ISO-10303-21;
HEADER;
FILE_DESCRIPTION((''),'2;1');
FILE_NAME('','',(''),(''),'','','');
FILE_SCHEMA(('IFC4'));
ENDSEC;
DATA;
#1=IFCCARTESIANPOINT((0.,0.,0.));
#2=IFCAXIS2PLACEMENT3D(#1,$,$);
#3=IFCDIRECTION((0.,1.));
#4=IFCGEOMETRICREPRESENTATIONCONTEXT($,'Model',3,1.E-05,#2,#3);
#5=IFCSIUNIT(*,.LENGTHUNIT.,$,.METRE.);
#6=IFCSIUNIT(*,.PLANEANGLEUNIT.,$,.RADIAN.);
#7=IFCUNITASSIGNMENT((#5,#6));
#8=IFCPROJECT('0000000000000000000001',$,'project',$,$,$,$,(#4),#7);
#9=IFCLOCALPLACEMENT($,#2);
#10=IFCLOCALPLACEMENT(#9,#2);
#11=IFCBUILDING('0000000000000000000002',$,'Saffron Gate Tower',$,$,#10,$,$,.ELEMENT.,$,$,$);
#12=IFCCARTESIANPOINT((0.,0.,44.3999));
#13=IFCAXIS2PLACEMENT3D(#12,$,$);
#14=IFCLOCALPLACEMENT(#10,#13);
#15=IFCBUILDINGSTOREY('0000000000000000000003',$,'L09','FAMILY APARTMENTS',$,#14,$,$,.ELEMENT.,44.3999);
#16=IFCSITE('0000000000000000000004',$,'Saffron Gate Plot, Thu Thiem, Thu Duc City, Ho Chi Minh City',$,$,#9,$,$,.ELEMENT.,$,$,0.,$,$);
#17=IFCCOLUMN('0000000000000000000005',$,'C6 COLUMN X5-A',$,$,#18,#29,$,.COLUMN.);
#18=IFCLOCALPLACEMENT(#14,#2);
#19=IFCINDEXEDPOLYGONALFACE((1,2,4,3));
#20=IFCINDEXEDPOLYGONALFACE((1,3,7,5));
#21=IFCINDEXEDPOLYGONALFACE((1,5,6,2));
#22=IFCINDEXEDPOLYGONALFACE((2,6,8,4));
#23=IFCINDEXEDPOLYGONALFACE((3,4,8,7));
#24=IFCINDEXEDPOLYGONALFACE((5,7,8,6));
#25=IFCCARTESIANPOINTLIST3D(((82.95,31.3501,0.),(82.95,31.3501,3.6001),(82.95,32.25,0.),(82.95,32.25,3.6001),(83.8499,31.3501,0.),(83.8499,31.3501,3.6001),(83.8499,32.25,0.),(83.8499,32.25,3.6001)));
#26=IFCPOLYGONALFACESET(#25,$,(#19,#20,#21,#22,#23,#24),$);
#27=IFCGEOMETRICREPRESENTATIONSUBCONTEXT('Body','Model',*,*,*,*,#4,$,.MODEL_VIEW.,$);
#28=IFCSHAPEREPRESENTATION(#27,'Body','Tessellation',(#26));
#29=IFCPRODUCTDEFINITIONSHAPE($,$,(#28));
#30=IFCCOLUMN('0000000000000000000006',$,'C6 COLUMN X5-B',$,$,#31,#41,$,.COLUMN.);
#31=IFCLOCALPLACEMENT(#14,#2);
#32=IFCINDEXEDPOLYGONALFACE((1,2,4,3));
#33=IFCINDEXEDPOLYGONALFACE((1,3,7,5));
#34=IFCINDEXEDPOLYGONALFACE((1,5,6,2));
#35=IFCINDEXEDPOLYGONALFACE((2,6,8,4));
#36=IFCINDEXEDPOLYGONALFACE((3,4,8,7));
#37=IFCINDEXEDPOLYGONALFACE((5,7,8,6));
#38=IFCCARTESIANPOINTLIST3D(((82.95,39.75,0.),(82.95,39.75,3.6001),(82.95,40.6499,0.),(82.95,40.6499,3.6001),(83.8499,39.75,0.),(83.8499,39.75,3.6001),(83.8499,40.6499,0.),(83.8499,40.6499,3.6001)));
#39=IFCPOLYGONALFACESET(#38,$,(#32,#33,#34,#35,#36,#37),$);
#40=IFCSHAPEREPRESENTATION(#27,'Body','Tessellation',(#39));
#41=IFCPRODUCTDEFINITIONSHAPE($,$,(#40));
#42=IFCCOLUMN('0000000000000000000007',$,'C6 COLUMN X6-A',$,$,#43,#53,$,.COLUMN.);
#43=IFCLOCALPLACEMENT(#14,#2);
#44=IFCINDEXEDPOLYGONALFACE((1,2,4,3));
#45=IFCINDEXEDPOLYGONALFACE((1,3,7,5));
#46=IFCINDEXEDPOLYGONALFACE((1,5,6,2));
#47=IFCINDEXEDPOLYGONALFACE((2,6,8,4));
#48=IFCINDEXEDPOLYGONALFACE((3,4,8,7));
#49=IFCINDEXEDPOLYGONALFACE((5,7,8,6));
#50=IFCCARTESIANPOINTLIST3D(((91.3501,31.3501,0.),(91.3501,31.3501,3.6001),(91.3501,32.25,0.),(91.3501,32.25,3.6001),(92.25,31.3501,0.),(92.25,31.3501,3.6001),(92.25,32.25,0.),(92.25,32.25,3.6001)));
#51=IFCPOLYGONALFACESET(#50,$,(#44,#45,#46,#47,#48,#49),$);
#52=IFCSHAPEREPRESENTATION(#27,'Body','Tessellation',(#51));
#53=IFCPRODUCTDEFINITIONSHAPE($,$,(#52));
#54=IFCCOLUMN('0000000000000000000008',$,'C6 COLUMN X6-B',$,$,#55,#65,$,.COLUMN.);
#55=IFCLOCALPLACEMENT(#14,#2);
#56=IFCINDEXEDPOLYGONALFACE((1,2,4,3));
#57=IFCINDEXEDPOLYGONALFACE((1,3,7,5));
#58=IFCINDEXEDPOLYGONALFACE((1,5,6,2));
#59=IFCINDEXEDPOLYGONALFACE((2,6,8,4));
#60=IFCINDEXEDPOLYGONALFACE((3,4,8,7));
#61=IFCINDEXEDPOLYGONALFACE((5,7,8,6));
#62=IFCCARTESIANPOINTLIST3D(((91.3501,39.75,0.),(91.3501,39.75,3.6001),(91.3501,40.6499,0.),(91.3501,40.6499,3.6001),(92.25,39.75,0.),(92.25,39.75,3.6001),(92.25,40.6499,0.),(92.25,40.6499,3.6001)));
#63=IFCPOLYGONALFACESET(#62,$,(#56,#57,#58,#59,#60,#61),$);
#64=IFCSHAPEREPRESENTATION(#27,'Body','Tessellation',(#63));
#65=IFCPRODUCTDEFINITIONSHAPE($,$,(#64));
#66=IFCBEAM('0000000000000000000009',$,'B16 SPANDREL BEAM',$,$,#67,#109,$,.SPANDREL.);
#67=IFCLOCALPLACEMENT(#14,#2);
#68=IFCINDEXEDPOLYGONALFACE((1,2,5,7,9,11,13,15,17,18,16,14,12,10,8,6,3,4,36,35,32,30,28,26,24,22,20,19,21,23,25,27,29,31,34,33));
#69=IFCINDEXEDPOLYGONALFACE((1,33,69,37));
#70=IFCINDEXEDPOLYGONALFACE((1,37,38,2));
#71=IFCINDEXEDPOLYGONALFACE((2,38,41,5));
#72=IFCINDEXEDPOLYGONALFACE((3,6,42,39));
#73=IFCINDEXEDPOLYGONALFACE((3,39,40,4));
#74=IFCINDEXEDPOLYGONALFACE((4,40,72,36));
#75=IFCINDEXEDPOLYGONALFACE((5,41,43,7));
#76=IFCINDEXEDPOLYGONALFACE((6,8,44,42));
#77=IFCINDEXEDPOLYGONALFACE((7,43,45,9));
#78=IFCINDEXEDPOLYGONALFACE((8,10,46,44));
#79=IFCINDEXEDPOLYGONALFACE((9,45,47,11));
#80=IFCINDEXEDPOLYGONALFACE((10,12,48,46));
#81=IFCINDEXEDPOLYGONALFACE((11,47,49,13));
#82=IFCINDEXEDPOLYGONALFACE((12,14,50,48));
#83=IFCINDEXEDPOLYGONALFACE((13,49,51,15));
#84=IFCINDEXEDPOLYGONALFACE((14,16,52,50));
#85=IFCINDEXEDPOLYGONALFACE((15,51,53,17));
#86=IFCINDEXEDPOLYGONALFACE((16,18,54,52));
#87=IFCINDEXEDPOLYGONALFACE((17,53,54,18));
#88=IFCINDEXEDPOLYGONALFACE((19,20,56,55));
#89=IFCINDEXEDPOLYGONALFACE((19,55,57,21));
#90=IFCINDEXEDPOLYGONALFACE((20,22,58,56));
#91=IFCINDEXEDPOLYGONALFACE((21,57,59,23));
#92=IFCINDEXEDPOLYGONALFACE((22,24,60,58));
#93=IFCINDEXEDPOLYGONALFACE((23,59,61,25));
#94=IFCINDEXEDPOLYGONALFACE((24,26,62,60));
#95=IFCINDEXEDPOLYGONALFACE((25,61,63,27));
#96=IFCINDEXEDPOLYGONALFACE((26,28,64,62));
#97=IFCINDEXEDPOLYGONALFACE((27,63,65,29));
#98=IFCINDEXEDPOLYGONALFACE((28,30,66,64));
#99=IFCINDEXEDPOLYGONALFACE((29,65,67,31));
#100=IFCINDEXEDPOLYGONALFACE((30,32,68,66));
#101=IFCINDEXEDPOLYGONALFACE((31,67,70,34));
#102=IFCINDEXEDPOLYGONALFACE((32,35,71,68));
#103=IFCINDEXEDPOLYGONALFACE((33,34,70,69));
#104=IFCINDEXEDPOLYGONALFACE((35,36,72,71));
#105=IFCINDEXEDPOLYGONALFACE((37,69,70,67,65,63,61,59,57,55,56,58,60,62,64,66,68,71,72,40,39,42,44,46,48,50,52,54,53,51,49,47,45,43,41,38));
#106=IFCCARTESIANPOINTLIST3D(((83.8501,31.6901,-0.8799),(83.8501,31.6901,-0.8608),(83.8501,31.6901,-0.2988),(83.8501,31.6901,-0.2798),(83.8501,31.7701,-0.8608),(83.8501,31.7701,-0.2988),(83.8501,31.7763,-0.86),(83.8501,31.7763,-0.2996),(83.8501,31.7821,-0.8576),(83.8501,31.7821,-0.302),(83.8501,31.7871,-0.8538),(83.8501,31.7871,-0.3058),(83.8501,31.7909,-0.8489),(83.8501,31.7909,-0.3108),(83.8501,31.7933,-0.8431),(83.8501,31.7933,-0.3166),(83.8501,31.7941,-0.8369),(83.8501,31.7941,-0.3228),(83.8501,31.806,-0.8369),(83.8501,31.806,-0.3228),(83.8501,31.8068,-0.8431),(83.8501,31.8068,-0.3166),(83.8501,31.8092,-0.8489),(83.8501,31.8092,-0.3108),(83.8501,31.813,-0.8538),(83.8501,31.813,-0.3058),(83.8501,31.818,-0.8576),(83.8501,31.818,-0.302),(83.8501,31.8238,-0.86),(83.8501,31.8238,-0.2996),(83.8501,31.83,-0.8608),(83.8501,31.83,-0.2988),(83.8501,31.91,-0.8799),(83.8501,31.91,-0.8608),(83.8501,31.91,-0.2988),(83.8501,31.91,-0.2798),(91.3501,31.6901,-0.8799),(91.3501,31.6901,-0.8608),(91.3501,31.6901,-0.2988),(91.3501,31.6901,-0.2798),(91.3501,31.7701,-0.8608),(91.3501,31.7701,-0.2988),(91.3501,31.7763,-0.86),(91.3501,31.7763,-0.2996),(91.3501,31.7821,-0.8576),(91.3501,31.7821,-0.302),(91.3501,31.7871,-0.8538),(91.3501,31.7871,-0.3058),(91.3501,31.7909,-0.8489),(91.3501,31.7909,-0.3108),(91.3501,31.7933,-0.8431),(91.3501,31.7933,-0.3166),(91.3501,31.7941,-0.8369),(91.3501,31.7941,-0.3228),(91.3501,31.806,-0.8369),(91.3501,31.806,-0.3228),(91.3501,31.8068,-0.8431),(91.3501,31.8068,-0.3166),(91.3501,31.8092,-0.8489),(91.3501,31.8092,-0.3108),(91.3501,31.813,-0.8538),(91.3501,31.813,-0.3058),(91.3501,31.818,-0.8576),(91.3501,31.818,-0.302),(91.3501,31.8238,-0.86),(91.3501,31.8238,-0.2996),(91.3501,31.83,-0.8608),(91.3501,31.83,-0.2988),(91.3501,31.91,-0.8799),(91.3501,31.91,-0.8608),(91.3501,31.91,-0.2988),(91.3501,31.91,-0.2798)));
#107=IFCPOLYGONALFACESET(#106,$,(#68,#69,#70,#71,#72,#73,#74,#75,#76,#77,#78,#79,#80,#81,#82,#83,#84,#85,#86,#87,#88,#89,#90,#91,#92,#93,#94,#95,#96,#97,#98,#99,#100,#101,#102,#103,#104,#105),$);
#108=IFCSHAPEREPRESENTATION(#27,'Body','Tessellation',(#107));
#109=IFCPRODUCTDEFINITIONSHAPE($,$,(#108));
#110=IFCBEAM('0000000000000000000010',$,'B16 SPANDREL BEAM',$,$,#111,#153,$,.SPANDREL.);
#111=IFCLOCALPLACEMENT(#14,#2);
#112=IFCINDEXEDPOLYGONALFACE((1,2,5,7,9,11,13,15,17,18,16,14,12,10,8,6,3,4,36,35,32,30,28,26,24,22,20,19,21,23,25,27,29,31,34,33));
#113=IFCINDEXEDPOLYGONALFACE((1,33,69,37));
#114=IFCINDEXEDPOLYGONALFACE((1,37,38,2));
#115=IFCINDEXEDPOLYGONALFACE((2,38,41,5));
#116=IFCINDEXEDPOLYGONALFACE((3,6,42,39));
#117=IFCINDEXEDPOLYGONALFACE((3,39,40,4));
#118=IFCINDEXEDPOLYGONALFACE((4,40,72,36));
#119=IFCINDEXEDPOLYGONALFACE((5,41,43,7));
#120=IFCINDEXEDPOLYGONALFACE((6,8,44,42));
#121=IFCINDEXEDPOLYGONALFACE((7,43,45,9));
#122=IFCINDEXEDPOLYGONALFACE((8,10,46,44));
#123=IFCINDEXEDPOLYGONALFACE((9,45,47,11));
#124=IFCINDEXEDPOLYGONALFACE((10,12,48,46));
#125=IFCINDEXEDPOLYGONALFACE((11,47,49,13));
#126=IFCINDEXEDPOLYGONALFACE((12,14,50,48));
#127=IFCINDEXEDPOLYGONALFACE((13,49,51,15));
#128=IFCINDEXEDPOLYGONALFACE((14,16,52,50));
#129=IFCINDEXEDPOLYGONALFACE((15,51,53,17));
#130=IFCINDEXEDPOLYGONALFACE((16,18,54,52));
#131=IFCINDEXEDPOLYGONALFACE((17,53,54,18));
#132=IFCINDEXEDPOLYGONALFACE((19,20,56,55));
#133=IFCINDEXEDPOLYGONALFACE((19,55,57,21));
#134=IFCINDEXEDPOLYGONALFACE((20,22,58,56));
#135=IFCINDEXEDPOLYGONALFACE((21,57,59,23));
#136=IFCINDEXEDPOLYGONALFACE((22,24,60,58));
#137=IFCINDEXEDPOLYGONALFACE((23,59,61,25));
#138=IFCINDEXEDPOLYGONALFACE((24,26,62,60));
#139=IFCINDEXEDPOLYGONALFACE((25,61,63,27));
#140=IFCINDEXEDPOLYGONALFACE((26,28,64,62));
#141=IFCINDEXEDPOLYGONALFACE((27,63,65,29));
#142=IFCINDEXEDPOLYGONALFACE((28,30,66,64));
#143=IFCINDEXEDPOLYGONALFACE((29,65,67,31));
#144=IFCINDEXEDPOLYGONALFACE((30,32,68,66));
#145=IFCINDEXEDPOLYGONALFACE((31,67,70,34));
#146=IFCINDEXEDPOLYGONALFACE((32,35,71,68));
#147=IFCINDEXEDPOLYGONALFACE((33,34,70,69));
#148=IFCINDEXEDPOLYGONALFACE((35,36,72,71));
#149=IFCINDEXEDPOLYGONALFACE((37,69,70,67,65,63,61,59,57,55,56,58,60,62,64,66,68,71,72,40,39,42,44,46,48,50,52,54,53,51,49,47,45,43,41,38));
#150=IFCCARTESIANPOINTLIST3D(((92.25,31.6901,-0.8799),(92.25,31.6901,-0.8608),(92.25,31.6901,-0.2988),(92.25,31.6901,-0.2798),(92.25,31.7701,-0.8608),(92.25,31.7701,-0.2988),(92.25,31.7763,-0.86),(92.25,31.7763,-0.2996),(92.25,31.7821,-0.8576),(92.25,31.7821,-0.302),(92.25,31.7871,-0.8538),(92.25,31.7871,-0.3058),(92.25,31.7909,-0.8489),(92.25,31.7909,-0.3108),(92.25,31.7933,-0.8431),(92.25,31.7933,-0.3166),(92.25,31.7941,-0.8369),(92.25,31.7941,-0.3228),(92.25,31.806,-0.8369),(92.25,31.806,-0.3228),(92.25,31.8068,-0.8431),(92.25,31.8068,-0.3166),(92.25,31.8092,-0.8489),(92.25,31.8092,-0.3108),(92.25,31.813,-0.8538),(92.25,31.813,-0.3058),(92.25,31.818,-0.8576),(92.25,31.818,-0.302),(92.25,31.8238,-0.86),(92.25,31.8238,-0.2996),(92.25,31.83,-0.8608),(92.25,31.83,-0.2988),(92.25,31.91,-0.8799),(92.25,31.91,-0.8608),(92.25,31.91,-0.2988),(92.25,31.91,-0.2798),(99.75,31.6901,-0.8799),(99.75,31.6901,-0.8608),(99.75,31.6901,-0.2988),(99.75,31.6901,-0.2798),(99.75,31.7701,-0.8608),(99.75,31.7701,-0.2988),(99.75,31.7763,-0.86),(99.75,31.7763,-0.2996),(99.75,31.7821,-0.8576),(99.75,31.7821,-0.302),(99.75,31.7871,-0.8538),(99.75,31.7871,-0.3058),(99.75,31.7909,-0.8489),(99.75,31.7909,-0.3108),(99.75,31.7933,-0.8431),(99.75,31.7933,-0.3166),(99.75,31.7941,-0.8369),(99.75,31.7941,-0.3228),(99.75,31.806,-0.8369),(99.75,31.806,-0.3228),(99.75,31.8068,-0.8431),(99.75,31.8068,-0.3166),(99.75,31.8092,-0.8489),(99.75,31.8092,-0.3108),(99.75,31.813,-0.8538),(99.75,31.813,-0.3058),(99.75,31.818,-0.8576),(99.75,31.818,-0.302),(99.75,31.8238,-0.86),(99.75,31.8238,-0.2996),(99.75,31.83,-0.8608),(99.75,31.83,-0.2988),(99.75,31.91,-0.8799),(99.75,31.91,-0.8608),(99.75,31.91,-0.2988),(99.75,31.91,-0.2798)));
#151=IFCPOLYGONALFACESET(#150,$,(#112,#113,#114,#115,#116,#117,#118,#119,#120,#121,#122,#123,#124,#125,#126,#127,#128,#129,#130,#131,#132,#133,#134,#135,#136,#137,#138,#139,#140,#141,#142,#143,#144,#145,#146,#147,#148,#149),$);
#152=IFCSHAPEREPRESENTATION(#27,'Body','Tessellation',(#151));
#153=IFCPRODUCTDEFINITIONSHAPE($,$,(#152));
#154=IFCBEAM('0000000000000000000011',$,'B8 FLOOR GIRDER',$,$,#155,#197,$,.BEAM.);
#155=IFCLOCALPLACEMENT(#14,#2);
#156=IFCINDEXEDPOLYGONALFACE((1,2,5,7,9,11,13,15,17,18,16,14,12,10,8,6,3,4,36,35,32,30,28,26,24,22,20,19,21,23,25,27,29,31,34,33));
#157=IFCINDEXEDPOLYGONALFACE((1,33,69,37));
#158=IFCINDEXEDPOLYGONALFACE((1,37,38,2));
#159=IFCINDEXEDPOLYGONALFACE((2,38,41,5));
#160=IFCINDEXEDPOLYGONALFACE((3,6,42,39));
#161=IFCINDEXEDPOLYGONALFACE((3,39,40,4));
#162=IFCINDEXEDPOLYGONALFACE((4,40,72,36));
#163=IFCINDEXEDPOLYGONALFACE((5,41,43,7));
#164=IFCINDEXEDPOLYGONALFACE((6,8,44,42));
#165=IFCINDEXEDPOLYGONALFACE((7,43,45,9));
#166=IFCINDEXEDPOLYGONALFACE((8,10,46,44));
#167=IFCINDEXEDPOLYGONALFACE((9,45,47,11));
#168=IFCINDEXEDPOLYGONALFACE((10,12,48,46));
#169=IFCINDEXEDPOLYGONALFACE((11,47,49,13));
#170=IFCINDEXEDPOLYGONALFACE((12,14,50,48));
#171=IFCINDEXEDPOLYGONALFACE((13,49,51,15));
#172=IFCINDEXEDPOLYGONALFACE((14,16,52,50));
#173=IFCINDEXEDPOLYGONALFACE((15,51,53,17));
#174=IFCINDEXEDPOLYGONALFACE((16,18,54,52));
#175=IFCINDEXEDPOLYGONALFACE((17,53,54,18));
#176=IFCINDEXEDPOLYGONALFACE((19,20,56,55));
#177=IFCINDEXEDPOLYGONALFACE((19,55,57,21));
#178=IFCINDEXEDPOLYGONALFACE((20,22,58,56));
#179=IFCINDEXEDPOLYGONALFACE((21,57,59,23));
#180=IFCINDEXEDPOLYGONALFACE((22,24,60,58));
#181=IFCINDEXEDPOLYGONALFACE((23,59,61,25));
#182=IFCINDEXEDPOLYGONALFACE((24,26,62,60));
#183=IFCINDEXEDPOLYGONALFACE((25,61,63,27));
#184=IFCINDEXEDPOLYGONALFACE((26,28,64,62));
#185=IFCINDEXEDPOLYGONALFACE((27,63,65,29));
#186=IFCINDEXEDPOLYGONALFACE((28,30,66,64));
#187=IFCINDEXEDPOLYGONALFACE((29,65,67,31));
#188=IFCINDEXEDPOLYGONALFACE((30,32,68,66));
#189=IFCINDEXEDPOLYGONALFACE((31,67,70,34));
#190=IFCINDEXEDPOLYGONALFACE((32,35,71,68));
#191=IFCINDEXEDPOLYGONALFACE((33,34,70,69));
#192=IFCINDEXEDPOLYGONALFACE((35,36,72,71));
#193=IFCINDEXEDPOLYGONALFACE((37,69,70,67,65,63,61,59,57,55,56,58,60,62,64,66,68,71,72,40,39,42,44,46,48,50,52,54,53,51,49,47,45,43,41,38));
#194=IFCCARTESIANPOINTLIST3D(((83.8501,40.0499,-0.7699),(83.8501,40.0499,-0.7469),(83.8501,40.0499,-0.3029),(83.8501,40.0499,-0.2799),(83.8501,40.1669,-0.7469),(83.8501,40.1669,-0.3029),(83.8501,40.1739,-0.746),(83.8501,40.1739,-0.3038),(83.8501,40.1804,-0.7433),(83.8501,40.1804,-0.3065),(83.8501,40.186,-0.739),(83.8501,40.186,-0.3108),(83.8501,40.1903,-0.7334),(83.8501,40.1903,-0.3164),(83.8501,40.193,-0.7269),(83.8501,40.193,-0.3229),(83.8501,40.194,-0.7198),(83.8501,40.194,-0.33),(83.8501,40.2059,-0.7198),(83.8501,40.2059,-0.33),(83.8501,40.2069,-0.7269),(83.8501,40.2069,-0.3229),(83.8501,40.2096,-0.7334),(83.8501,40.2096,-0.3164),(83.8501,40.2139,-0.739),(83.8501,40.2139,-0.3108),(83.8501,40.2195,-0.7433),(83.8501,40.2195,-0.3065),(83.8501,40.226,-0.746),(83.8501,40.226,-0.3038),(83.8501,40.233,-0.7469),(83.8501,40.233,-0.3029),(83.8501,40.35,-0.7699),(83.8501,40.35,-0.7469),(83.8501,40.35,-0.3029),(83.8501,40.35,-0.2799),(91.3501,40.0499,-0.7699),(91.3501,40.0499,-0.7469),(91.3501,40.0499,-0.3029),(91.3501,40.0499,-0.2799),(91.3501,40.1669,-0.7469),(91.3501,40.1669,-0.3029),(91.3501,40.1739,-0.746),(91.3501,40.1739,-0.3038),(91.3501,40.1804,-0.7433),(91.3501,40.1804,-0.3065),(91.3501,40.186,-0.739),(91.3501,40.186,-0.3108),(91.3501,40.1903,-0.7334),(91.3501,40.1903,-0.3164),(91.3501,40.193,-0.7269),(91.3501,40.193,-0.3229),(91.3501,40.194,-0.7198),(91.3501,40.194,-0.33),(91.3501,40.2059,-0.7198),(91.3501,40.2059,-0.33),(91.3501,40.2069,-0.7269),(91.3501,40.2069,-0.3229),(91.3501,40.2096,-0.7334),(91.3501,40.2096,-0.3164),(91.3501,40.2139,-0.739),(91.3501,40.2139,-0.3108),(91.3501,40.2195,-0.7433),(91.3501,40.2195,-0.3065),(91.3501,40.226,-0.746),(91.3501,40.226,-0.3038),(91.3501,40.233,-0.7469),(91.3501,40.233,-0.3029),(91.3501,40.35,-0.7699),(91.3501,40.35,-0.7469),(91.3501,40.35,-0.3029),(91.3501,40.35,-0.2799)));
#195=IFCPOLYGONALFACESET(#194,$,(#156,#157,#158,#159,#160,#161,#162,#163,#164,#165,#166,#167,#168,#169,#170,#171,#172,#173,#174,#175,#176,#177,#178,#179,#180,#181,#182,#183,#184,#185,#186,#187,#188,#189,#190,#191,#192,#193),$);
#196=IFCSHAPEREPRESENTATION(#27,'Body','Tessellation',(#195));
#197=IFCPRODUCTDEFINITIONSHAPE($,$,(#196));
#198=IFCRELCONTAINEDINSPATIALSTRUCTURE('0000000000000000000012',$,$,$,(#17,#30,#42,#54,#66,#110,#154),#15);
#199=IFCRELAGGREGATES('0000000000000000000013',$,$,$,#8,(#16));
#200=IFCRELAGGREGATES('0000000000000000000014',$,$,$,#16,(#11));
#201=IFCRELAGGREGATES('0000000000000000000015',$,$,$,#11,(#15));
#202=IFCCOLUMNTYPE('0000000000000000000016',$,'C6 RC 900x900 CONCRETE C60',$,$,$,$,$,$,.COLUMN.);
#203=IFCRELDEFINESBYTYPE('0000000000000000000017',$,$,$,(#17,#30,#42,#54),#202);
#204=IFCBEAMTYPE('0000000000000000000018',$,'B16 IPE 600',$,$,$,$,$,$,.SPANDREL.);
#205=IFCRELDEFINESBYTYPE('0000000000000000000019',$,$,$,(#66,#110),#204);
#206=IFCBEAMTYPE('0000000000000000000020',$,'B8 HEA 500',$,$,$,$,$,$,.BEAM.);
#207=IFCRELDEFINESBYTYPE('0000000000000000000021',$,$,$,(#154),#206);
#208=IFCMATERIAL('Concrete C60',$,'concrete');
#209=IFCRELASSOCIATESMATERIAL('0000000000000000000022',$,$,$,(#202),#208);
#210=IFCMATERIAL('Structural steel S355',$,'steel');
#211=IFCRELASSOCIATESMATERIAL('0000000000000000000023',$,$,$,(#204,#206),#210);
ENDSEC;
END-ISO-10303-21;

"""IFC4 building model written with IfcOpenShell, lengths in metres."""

from ifc_helpers import new_model, si_unit, direction, frame, origin, origin_2d, place, context, subcontext, project, spatial, rectangle, i_section, extrude, material, material_profile, profile_set, type_object, element, save


model = new_model("IFC4")

# Units and contexts
model_context = context("Model", 3, precision=1e-05, world=origin(), true_north=direction((0.0, 1.0)))
body_context = subcontext(model_context, "Body", "Model", "MODEL_VIEW")
ifc_project = project(units=[si_unit("LENGTHUNIT", "METRE"), si_unit("PLANEANGLEUNIT", "RADIAN")], contexts=[model_context])

# Site, building, storey
site_placement = place(None, origin())
site = spatial("IfcSite", under=ifc_project, at=site_placement, Name="Saffron Gate Plot, Thu Thiem, Thu Duc City, Ho Chi Minh City", CompositionType="ELEMENT", RefElevation=0.0)
building_placement = place(site_placement, origin())
building = spatial("IfcBuilding", under=site, at=building_placement, Name="Saffron Gate Tower", CompositionType="ELEMENT")
storey_placement = place(building_placement, frame((0.0, 0.0, 44.3999)))
storey = spatial("IfcBuildingStorey", under=building, at=storey_placement, Name="L09", Description="FAMILY APARTMENTS", CompositionType="ELEMENT", Elevation=44.3999)

# Columns
ifc_material_1 = material(Name="Concrete C60", Category="concrete")
ifc_material_profile_1 = material_profile(ifc_material_1, rectangle(XDim=0.8999, YDim=0.8999, at=origin_2d()))
ifc_profile_set_1 = profile_set([ifc_material_profile_1], Name="Concrete C60")
column_type = type_object("IfcColumnType", Name="C6 RC 900x900 CONCRETE C60", PredefinedType="COLUMN", material=ifc_profile_set_1)
for number, where, z_axis, x_axis, name in (
    (1, (83.3999, 31.8, 0.0), (0.0, 0.0, 1.0), (1.0, 0.0, 0.0), "C6 COLUMN X5-A"),
    (2, (83.3999, 40.2, 0.0), (0.0, 0.0, 1.0), (1.0, 0.0, 0.0), "C6 COLUMN X5-B"),
    (3, (91.8, 31.8, 0.0), (0.0, 0.0, 1.0), (1.0, 0.0, 0.0), "C6 COLUMN X6-A"),
    (4, (91.8, 40.2, 0.0), (0.0, 0.0, 1.0), (1.0, 0.0, 0.0), "C6 COLUMN X6-B"),
):
    element("IfcColumn", number, at=place(storey_placement, frame(where, z_axis=z_axis, x_axis=x_axis)), inside=storey, type_object=column_type, Name=name, PredefinedType="COLUMN", context=body_context, shape_type="SweptSolid", body=[
        extrude(rectangle(XDim=0.8999, YDim=0.8999, at=origin_2d()), origin(), (0.0, 0.0, 1.0), 3.6001),
    ])

# Beams
ifc_material_2 = material(Name="Structural steel S355", Category="steel")
ifc_material_profile_2 = material_profile(ifc_material_2, i_section(OverallWidth=0.22, OverallDepth=0.6001, WebThickness=0.012, FlangeThickness=0.019, FilletRadius=0.0239, at=origin_2d()))
ifc_profile_set_2 = profile_set([ifc_material_profile_2], Name="Structural steel S355")
beam_type_1 = type_object("IfcBeamType", Name="B16 IPE 600", PredefinedType="SPANDREL", material=ifc_profile_set_2)
for number, where, z_axis, x_axis, name in (
    (5, (83.8501, 31.8, -0.5798), (1.0, 0.0, 0.0), (0.0, 1.0, 0.0), "B16 SPANDREL BEAM"),
    (6, (92.25, 31.8, -0.5798), (1.0, 0.0, 0.0), (0.0, 1.0, 0.0), "B16 SPANDREL BEAM"),
):
    element("IfcBeam", number, at=place(storey_placement, frame(where, z_axis=z_axis, x_axis=x_axis)), inside=storey, type_object=beam_type_1, Name=name, PredefinedType="SPANDREL", context=body_context, shape_type="SweptSolid", body=[
        extrude(i_section(OverallWidth=0.22, OverallDepth=0.6001, WebThickness=0.012, FlangeThickness=0.019, FilletRadius=0.0239, at=origin_2d()), origin(), (0.0, 0.0, 1.0), 7.5),
    ])
ifc_material_profile_3 = material_profile(ifc_material_2, i_section(OverallWidth=0.3, OverallDepth=0.49, WebThickness=0.012, FlangeThickness=0.0229, FilletRadius=0.0271, at=origin_2d()))
ifc_profile_set_3 = profile_set([ifc_material_profile_3], Name="Structural steel S355")
beam_type_2 = type_object("IfcBeamType", Name="B8 HEA 500", PredefinedType="BEAM", material=ifc_profile_set_3)
for number, where, z_axis, x_axis, name in (
    (7, (83.8501, 40.2, -0.5249), (1.0, 0.0, 0.0), (0.0, 1.0, 0.0), "B8 FLOOR GIRDER"),
):
    element("IfcBeam", number, at=place(storey_placement, frame(where, z_axis=z_axis, x_axis=x_axis)), inside=storey, type_object=beam_type_2, Name=name, PredefinedType="BEAM", context=body_context, shape_type="SweptSolid", body=[
        extrude(i_section(OverallWidth=0.3, OverallDepth=0.49, WebThickness=0.012, FlangeThickness=0.0229, FilletRadius=0.0271, at=origin_2d()), origin(), (0.0, 0.0, 1.0), 7.5),
    ])

save(model, "model.ifc")
